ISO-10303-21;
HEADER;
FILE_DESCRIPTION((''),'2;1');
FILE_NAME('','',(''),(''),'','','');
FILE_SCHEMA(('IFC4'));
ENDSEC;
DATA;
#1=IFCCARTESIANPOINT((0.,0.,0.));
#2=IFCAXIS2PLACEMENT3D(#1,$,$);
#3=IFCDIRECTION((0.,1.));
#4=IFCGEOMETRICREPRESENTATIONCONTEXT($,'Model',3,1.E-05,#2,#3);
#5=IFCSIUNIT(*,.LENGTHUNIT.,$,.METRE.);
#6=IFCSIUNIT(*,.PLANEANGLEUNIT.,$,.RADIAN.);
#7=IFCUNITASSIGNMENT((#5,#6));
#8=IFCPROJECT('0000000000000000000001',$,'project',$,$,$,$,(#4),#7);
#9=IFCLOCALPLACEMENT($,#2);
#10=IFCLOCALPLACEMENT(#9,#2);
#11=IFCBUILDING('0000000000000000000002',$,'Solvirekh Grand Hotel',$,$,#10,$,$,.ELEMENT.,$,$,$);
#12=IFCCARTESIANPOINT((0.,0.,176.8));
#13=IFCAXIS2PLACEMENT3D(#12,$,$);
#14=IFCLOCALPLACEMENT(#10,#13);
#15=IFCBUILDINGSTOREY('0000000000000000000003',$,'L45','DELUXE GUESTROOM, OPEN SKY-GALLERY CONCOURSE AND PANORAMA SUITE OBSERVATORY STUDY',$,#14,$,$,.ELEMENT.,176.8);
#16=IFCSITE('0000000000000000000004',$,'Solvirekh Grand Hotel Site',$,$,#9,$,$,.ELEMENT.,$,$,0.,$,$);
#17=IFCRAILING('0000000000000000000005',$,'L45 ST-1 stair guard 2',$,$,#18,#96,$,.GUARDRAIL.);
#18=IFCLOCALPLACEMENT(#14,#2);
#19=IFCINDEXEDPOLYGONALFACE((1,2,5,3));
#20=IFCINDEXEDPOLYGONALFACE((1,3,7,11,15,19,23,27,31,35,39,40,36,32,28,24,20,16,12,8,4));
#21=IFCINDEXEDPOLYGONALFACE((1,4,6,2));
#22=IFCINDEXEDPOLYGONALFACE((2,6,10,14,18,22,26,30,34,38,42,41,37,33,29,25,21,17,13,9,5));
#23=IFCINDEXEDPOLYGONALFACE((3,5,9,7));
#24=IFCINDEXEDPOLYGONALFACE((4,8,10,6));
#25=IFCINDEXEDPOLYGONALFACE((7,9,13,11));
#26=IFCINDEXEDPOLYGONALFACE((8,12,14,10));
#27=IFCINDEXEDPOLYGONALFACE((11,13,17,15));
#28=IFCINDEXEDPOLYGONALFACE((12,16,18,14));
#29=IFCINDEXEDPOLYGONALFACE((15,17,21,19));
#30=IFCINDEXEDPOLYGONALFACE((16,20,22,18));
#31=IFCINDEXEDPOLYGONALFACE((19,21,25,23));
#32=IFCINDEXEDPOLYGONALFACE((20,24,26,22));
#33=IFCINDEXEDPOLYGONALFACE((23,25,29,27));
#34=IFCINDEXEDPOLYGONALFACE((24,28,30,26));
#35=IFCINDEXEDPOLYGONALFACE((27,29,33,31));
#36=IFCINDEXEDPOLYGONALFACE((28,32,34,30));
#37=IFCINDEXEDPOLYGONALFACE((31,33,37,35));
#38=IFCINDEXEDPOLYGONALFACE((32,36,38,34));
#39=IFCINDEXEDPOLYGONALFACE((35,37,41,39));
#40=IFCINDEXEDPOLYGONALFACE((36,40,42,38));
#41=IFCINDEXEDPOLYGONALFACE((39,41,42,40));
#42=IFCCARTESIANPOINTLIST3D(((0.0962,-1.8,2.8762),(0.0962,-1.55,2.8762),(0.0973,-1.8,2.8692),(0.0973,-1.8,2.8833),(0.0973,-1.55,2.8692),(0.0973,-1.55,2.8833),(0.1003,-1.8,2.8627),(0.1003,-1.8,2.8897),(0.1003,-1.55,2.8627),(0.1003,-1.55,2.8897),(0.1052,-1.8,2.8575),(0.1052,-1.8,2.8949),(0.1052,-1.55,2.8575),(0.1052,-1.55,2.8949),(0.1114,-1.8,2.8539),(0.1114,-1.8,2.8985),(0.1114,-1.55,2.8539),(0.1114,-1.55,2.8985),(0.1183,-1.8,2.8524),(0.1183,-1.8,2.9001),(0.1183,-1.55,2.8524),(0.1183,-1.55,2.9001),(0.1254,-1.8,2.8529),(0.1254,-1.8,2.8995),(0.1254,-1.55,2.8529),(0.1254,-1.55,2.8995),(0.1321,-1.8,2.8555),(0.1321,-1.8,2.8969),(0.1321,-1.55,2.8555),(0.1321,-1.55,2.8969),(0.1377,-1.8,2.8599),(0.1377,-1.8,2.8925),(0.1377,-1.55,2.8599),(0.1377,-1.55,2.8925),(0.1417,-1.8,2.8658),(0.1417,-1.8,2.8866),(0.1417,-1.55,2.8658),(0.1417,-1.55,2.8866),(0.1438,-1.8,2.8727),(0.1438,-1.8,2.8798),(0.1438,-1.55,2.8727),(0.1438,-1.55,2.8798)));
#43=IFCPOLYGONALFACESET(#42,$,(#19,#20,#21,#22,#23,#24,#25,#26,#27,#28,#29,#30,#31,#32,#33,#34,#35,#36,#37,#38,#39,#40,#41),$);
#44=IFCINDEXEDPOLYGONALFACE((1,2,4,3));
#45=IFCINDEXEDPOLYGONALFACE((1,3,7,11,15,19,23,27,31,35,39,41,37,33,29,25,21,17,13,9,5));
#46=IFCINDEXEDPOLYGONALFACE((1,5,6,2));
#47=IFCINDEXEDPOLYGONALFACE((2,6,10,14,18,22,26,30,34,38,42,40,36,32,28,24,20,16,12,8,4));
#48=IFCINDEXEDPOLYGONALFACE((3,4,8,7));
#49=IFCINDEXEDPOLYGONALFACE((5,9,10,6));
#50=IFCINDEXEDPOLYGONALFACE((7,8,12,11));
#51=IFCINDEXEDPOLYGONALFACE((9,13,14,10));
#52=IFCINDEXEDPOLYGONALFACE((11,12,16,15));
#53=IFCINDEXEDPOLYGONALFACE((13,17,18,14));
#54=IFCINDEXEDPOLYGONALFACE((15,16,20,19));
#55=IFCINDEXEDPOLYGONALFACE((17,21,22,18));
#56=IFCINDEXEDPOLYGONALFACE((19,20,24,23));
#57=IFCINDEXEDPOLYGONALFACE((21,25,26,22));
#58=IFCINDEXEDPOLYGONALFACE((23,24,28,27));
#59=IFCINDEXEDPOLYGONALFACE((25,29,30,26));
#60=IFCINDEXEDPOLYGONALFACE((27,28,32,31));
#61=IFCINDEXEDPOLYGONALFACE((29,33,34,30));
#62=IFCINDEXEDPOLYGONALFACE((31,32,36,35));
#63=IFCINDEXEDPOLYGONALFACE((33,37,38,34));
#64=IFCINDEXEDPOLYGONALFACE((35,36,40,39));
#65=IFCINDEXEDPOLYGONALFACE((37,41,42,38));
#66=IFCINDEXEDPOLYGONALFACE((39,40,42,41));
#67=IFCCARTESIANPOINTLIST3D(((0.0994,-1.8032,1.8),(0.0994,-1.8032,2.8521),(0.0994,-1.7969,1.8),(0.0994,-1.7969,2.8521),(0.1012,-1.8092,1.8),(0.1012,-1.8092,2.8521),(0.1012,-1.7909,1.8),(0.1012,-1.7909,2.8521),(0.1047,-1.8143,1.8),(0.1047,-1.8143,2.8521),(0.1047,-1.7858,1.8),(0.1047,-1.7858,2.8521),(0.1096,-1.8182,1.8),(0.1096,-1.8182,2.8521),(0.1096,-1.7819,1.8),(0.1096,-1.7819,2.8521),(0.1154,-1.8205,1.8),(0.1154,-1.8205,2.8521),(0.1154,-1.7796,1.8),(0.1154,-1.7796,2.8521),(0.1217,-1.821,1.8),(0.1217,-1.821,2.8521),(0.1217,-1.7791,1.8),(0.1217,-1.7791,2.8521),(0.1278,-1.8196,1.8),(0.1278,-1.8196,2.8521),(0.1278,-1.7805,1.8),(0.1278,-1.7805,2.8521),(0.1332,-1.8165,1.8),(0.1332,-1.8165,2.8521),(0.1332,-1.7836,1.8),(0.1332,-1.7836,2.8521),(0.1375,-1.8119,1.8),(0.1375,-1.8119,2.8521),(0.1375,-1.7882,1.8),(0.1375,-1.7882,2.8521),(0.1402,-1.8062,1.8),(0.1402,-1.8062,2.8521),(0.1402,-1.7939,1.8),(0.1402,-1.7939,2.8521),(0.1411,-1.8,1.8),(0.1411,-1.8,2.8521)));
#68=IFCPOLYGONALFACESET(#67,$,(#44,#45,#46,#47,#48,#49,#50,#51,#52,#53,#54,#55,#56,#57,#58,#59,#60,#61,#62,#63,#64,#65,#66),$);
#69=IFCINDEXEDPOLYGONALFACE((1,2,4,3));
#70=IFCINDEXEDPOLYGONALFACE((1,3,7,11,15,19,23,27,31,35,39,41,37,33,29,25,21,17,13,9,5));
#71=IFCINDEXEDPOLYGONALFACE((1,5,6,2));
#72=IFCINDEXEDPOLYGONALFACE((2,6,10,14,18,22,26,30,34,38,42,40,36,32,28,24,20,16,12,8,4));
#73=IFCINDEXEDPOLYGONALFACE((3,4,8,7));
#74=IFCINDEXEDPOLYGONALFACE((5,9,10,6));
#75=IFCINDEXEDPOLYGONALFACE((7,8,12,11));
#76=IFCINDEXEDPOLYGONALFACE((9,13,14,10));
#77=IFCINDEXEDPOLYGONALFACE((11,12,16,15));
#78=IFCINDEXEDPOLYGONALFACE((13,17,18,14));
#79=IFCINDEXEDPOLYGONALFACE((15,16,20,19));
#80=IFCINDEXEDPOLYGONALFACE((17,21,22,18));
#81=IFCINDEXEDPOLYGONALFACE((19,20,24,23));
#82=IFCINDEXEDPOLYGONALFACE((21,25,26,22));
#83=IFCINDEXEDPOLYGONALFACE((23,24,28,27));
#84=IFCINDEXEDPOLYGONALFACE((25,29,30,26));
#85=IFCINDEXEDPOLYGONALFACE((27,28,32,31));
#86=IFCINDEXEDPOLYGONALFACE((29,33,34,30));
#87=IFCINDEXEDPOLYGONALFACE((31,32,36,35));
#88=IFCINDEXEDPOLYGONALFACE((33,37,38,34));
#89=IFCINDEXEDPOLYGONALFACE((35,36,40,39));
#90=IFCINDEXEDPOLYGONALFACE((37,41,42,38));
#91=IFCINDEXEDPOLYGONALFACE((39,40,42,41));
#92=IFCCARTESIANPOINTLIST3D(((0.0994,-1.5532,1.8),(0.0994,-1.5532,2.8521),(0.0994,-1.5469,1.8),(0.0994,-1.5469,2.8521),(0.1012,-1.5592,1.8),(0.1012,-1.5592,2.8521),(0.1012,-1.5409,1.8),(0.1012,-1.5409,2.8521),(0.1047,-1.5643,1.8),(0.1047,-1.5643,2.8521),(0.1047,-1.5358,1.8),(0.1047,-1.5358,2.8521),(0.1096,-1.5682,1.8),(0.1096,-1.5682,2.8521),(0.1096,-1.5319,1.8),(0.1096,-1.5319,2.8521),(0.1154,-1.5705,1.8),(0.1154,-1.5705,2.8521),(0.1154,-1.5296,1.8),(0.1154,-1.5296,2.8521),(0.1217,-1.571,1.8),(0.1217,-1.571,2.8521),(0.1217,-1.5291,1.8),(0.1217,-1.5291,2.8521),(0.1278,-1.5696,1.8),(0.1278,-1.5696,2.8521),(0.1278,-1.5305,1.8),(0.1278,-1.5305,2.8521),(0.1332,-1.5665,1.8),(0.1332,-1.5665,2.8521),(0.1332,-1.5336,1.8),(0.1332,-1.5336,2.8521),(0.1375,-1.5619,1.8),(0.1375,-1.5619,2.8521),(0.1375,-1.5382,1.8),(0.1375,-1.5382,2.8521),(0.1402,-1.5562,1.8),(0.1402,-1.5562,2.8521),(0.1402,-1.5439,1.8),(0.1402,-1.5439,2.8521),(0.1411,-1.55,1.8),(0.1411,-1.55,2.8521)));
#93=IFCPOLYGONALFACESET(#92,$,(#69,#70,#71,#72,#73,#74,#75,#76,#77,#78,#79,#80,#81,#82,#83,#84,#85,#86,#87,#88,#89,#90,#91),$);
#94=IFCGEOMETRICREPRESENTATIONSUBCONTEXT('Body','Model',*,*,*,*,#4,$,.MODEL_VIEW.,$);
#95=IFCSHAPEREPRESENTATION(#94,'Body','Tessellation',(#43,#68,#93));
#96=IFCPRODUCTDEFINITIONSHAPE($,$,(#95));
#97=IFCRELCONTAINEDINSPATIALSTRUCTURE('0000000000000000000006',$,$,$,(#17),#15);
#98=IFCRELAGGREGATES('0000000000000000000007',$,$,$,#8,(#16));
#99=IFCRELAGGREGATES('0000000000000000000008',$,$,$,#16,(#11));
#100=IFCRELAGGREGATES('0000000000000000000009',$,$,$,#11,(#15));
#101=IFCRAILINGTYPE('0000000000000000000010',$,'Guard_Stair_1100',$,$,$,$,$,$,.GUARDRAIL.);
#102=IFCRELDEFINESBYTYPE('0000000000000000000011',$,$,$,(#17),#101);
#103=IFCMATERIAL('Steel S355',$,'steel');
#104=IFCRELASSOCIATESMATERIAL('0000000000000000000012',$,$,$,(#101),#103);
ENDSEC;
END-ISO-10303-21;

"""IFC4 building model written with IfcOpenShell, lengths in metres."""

from ifc_helpers import new_model, si_unit, direction, frame, origin, origin_2d, place, context, subcontext, project, spatial, circle, extrude, material, type_object, element, save


model = new_model("IFC4")

# Units and contexts
model_context = context("Model", 3, precision=1e-05, world=origin(), true_north=direction((0.0, 1.0)))
body_context = subcontext(model_context, "Body", "Model", "MODEL_VIEW")
ifc_project = project(units=[si_unit("LENGTHUNIT", "METRE"), si_unit("PLANEANGLEUNIT", "RADIAN")], contexts=[model_context])

# Site, building, storey
site_placement = place(None, origin())
site = spatial("IfcSite", under=ifc_project, at=site_placement, Name="Solvirekh Grand Hotel Site", CompositionType="ELEMENT", RefElevation=0.0)
building_placement = place(site_placement, origin())
building = spatial("IfcBuilding", under=site, at=building_placement, Name="Solvirekh Grand Hotel", CompositionType="ELEMENT")
storey_placement = place(building_placement, frame((0.0, 0.0, 176.8)))
storey = spatial("IfcBuildingStorey", under=building, at=storey_placement, Name="L45", Description="DELUXE GUESTROOM, OPEN SKY-GALLERY CONCOURSE AND PANORAMA SUITE OBSERVATORY STUDY", CompositionType="ELEMENT", Elevation=176.8)

# Railing
ifc_material_1 = material(Name="Steel S355", Category="steel")
railing_type_1 = type_object("IfcRailingType", Name="Guard_Stair_1100", PredefinedType="GUARDRAIL", material=ifc_material_1)
railing_1_placement = place(storey_placement, frame((0.1201, -1.8, 1.8)))
element("IfcRailing", 1, at=railing_1_placement, inside=storey, type_object=railing_type_1, Name="L45 ST-1 stair guard 2", PredefinedType="GUARDRAIL", context=body_context, shape_type="SweptSolid", body=[
    extrude(circle(Radius=0.0239, at=origin_2d()), frame((0.0, 0.0, 1.0762), z_axis=(0.0, 1.0, 0.0), x_axis=(-1.0, 0.0, 0.0)), (0.0, 0.0, 1.0), 0.25),
    extrude(circle(Radius=0.021, at=origin_2d()), origin(), (0.0, 0.0, 1.0), 1.052),
    extrude(circle(Radius=0.021, at=origin_2d()), frame((0.0, 0.25, 0.0)), (0.0, 0.0, 1.0), 1.052),
])

save(model, "model.ifc")
